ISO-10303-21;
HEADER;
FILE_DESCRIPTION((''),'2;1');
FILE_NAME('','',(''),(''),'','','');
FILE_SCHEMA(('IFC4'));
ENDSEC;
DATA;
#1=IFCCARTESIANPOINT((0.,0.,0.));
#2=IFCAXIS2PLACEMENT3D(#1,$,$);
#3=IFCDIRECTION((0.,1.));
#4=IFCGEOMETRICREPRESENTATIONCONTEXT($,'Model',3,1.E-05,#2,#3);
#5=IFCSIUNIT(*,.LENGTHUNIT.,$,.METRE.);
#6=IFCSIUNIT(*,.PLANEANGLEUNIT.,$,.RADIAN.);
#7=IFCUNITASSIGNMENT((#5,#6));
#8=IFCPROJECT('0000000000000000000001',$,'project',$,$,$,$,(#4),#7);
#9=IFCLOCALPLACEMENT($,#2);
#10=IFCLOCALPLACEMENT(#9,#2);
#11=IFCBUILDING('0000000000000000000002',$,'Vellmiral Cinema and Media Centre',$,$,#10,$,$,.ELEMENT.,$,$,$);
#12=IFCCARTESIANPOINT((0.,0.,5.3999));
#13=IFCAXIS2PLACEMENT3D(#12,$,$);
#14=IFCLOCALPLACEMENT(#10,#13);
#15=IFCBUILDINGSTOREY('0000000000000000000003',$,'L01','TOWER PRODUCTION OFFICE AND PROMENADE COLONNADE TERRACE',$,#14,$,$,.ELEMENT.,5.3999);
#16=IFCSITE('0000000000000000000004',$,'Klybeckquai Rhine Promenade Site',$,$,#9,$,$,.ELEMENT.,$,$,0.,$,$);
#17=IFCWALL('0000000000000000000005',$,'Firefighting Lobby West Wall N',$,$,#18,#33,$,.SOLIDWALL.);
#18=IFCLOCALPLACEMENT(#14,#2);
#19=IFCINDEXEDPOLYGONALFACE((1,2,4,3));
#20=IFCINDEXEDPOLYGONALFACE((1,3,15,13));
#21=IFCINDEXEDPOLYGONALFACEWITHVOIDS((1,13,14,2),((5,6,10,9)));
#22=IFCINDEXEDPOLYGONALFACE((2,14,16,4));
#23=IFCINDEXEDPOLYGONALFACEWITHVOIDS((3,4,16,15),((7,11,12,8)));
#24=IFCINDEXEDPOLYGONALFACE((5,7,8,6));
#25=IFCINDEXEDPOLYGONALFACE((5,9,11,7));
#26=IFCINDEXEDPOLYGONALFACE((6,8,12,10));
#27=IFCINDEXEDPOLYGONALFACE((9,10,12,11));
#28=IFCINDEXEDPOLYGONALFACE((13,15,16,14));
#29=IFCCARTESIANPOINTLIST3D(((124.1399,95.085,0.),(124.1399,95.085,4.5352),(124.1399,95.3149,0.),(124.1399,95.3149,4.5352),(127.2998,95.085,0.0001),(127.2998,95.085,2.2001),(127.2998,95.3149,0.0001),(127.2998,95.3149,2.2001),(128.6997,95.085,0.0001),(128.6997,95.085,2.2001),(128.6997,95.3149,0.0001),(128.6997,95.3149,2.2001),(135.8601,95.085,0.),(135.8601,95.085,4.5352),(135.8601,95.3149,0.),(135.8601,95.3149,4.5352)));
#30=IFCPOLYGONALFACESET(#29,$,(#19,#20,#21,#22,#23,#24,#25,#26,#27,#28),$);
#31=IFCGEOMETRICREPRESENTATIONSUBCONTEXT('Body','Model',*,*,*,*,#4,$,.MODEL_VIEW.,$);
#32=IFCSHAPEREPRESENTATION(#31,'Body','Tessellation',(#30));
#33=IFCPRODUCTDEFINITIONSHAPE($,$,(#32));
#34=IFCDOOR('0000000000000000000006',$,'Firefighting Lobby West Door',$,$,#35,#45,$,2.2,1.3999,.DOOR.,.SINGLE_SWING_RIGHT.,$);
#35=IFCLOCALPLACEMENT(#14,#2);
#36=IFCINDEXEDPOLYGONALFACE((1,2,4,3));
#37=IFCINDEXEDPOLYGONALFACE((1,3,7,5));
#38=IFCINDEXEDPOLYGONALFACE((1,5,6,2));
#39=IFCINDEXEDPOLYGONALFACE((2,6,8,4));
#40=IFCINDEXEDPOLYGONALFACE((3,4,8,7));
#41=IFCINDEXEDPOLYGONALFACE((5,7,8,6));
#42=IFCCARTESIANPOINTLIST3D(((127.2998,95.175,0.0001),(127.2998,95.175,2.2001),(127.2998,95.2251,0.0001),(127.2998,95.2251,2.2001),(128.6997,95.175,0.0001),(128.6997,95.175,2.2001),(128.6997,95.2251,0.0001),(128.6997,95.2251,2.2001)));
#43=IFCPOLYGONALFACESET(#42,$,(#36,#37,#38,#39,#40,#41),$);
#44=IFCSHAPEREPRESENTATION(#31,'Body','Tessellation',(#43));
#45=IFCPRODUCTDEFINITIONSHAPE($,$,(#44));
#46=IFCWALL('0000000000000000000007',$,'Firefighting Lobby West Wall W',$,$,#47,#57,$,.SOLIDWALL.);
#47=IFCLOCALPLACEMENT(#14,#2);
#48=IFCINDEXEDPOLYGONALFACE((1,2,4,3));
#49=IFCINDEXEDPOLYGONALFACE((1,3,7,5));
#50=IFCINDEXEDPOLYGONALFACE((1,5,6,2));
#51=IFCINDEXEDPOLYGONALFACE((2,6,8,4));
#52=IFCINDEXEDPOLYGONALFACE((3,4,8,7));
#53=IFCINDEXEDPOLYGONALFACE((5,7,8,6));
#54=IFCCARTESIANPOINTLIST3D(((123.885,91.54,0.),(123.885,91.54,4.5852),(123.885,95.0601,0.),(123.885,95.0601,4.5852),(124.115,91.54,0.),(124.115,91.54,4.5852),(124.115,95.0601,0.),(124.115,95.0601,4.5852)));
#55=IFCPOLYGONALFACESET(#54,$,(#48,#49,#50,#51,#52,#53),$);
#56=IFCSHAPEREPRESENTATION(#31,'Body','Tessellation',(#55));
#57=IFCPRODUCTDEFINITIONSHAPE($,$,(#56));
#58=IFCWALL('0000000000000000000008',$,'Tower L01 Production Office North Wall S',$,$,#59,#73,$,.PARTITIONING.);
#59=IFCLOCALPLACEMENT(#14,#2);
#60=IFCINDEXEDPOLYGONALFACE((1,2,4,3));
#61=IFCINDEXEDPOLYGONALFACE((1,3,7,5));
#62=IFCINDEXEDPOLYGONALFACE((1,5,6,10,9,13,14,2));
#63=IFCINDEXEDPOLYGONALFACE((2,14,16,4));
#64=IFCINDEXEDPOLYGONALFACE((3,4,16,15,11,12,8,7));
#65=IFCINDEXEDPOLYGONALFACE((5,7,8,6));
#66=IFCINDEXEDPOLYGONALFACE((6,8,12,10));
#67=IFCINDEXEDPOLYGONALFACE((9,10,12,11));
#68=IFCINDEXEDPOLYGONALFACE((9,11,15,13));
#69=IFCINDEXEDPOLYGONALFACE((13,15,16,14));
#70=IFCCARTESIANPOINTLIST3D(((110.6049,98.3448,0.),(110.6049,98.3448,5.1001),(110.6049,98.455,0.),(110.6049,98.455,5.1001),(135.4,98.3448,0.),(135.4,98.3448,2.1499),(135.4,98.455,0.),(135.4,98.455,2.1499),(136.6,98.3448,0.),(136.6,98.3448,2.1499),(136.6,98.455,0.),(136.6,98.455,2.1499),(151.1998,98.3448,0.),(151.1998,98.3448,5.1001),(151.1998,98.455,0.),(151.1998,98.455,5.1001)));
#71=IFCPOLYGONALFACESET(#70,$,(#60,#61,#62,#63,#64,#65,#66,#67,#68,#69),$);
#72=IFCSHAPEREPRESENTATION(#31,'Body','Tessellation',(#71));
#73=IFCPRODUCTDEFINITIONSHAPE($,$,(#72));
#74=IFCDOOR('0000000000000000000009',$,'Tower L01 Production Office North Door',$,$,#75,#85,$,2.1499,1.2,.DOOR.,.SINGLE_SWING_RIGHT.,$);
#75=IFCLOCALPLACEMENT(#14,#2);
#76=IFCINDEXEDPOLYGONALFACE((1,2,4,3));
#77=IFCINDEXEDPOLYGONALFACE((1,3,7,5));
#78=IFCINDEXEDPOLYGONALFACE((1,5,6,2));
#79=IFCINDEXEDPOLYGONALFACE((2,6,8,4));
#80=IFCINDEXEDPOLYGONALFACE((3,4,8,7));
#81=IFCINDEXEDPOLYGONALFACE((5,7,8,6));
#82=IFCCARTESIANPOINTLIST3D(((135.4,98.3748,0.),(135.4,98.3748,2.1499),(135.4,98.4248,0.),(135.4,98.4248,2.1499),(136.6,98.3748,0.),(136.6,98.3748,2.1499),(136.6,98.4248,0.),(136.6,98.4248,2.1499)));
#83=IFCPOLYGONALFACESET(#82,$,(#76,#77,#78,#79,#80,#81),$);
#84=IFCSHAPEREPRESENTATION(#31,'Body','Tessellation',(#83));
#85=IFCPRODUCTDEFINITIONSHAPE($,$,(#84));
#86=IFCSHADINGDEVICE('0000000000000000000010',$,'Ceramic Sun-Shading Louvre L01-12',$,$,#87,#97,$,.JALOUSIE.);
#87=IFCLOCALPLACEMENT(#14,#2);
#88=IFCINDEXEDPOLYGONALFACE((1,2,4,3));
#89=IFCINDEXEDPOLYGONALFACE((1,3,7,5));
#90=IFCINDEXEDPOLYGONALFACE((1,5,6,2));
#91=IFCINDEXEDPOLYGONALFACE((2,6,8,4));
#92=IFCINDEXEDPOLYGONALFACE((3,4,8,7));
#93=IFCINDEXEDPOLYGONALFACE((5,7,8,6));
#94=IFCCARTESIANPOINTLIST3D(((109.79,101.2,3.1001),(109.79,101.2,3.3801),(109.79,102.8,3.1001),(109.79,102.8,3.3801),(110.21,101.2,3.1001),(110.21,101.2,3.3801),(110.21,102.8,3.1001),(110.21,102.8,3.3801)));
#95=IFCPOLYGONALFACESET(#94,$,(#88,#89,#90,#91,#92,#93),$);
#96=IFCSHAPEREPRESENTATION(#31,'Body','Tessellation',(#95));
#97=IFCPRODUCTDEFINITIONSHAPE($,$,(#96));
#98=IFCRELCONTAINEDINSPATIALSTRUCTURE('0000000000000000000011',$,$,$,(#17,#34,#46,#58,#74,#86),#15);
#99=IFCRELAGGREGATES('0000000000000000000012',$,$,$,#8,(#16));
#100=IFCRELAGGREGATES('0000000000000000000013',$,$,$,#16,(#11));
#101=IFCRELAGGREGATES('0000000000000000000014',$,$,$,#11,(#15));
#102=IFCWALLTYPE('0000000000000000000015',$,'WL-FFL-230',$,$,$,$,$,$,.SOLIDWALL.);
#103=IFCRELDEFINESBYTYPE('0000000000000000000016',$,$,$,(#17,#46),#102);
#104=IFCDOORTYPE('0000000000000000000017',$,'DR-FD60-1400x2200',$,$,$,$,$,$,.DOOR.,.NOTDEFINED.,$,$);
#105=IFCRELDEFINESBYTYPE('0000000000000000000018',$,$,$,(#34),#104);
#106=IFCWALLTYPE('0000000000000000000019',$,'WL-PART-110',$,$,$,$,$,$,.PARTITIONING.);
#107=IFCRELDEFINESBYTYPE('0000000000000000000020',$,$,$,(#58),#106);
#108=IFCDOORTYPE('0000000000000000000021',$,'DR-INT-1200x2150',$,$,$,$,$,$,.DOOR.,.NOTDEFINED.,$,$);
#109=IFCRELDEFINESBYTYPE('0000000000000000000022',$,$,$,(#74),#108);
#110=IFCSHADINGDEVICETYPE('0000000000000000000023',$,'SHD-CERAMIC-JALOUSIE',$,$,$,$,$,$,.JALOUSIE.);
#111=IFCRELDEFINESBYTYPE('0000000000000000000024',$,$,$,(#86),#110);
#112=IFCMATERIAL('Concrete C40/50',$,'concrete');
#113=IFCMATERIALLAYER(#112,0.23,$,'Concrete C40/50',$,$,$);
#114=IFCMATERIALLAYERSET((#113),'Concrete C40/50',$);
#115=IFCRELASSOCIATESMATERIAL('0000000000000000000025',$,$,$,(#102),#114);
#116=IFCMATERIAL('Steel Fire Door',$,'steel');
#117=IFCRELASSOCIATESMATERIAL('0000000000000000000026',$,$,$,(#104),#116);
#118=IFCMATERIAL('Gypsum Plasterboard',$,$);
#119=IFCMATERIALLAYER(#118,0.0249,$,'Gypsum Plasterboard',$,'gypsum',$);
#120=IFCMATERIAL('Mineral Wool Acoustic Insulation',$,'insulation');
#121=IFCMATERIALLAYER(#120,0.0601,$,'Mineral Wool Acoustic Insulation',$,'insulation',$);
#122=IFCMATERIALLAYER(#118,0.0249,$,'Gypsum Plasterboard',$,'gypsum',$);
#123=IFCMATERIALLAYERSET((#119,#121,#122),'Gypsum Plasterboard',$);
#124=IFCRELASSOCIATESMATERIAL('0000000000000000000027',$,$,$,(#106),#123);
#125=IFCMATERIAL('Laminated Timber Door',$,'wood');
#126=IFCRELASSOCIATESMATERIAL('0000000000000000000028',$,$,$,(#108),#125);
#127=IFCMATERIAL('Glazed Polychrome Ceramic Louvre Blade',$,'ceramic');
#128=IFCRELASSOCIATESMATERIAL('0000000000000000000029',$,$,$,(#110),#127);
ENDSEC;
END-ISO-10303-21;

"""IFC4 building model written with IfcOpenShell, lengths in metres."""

from ifc_helpers import new_model, si_unit, direction, frame, frame_2d, origin, origin_2d, place, context, subcontext, project, spatial, rectangle, extrude, material, layer, layer_set, type_object, element, fill, save


model = new_model("IFC4")

# Units and contexts
model_context = context("Model", 3, precision=1e-05, world=origin(), true_north=direction((0.0, 1.0)))
body_context = subcontext(model_context, "Body", "Model", "MODEL_VIEW")
ifc_project = project(units=[si_unit("LENGTHUNIT", "METRE"), si_unit("PLANEANGLEUNIT", "RADIAN")], contexts=[model_context])

# Site, building, storey
site_placement = place(None, origin())
site = spatial("IfcSite", under=ifc_project, at=site_placement, Name="Klybeckquai Rhine Promenade Site", CompositionType="ELEMENT", RefElevation=0.0)
building_placement = place(site_placement, origin())
building = spatial("IfcBuilding", under=site, at=building_placement, Name="Vellmiral Cinema and Media Centre", CompositionType="ELEMENT")
storey_placement = place(building_placement, frame((0.0, 0.0, 5.3999)))
storey = spatial("IfcBuildingStorey", under=building, at=storey_placement, Name="L01", Description="TOWER PRODUCTION OFFICE AND PROMENADE COLONNADE TERRACE", CompositionType="ELEMENT", Elevation=5.3999)

# Wall, opening, door
ifc_material_1 = material(Name="Concrete C40/50", Category="concrete")
ifc_layer_1 = layer(ifc_material_1, 0.23, Name="Concrete C40/50")
ifc_layer_set_1 = layer_set([ifc_layer_1], Name="Concrete C40/50")
wall_type_1 = type_object("IfcWallType", Name="WL-FFL-230", PredefinedType="SOLIDWALL", material=ifc_layer_set_1)
wall_1_placement = place(storey_placement, frame((124.1399, 95.2, 0.0), z_axis=(0.0, 0.0, 1.0), x_axis=(1.0, 0.0, 0.0)))
wall_1 = element("IfcWall", 1, at=wall_1_placement, inside=storey, type_object=wall_type_1, Name="Firefighting Lobby West Wall N", PredefinedType="SOLIDWALL", context=body_context, shape_type="SweptSolid", body=[
    extrude(rectangle(XDim=11.7202, YDim=0.23, at=frame_2d((5.8601, 0.0))), origin(), (0.0, 0.0, 1.0), 4.5352),
])
opening_1_placement = place(wall_1_placement, frame((3.1599, 0.0, 0.0)))
opening_1 = element("IfcOpeningElement", 2, at=opening_1_placement, cuts=wall_1, PredefinedType="OPENING", context=body_context, shape_type="SweptSolid", body=[
    extrude(rectangle(XDim=1.3999, YDim=2.2, at=frame_2d((0.7, 1.1001))), frame((0.0, 0.127, 0.0), z_axis=(0.0, -1.0, 0.0), x_axis=(1.0, 0.0, 0.0)), (0.0, 0.0, 1.0), 0.2539),
])
ifc_material_2 = material(Name="Steel Fire Door", Category="steel")
door_type_1 = type_object("IfcDoorType", Name="DR-FD60-1400x2200", OperationType="NOTDEFINED", PredefinedType="DOOR", material=ifc_material_2)
door_1_placement = place(opening_1_placement, frame((1.3999, 0.0, 0.0), z_axis=(0.0, 0.0, 1.0), x_axis=(-1.0, 0.0, 0.0)))
door_1 = element("IfcDoor", 3, at=door_1_placement, inside=storey, type_object=door_type_1, Name="Firefighting Lobby West Door", OperationType="SINGLE_SWING_RIGHT", OverallHeight=2.2, OverallWidth=1.3999, PredefinedType="DOOR", context=body_context, shape_type="SweptSolid", body=[
    extrude(rectangle(XDim=1.3999, YDim=2.2, at=frame_2d((0.7, 1.1001))), frame((0.0, 0.0249, 0.0), z_axis=(0.0, -1.0, 0.0), x_axis=(1.0, 0.0, 0.0)), (0.0, 0.0, 1.0), 0.05),
])
fill(opening_1, door_1)

# Wall
wall_2_placement = place(storey_placement, frame((124.0, 91.54, 0.0), z_axis=(0.0, 0.0, 1.0), x_axis=(0.0, 1.0, 0.0)))
element("IfcWall", 4, at=wall_2_placement, inside=storey, type_object=wall_type_1, Name="Firefighting Lobby West Wall W", PredefinedType="SOLIDWALL", context=body_context, shape_type="SweptSolid", body=[
    extrude(rectangle(XDim=3.52, YDim=0.23, at=frame_2d((1.76, 0.0))), origin(), (0.0, 0.0, 1.0), 4.5852),
])

# Wall, opening, door
ifc_material_3 = material(Name="Gypsum Plasterboard")
ifc_layer_2 = layer(ifc_material_3, 0.0249, Name="Gypsum Plasterboard", Category="gypsum")
ifc_material_4 = material(Name="Mineral Wool Acoustic Insulation", Category="insulation")
ifc_layer_3 = layer(ifc_material_4, 0.0601, Name="Mineral Wool Acoustic Insulation", Category="insulation")
ifc_layer_4 = layer(ifc_material_3, 0.0249, Name="Gypsum Plasterboard", Category="gypsum")
ifc_layer_set_2 = layer_set([ifc_layer_2, ifc_layer_3, ifc_layer_4], Name="Gypsum Plasterboard")
wall_type_2 = type_object("IfcWallType", Name="WL-PART-110", PredefinedType="PARTITIONING", material=ifc_layer_set_2)
wall_3_placement = place(storey_placement, frame((110.605, 98.3999, 0.0), z_axis=(0.0, 0.0, 1.0), x_axis=(1.0, 0.0, 0.0)))
wall_3 = element("IfcWall", 5, at=wall_3_placement, inside=storey, type_object=wall_type_2, Name="Tower L01 Production Office North Wall S", PredefinedType="PARTITIONING", context=body_context, shape_type="SweptSolid", body=[
    extrude(rectangle(XDim=40.595, YDim=0.1101, at=frame_2d((20.2974, 0.0))), origin(), (0.0, 0.0, 1.0), 5.1001),
])
opening_2_placement = place(wall_3_placement, frame((24.7949, 0.0, 0.0)))
opening_2 = element("IfcOpeningElement", 6, at=opening_2_placement, cuts=wall_3, PredefinedType="OPENING", context=body_context, shape_type="SweptSolid", body=[
    extrude(rectangle(XDim=1.2, YDim=2.1499, at=frame_2d((0.6001, 1.075))), frame((0.0, 0.0669, 0.0), z_axis=(0.0, -1.0, 0.0), x_axis=(1.0, 0.0, 0.0)), (0.0, 0.0, 1.0), 0.134),
])
ifc_material_5 = material(Name="Laminated Timber Door", Category="wood")
door_type_2 = type_object("IfcDoorType", Name="DR-INT-1200x2150", OperationType="NOTDEFINED", PredefinedType="DOOR", material=ifc_material_5)
door_2_placement = place(opening_2_placement, origin())
door_2 = element("IfcDoor", 7, at=door_2_placement, inside=storey, type_object=door_type_2, Name="Tower L01 Production Office North Door", OperationType="SINGLE_SWING_RIGHT", OverallHeight=2.1499, OverallWidth=1.2, PredefinedType="DOOR", context=body_context, shape_type="SweptSolid", body=[
    extrude(rectangle(XDim=1.2, YDim=2.1499, at=frame_2d((0.6001, 1.075))), frame((0.0, 0.0249, 0.0), z_axis=(0.0, -1.0, 0.0), x_axis=(1.0, 0.0, 0.0)), (0.0, 0.0, 1.0), 0.05),
])
fill(opening_2, door_2)

# Shading device
ifc_material_6 = material(Name="Glazed Polychrome Ceramic Louvre Blade", Category="ceramic")
shading_device_type = type_object("IfcShadingDeviceType", Name="SHD-CERAMIC-JALOUSIE", PredefinedType="JALOUSIE", material=ifc_material_6)
shading_device_placement = place(storey_placement, frame((110.0, 102.0, 3.1001), z_axis=(0.0, 0.0, 1.0), x_axis=(0.0, -1.0, 0.0)))
element("IfcShadingDevice", 8, at=shading_device_placement, inside=storey, type_object=shading_device_type, Name="Ceramic Sun-Shading Louvre L01-12", PredefinedType="JALOUSIE", context=body_context, shape_type="SweptSolid", body=[
    extrude(rectangle(XDim=1.6001, YDim=0.4199, at=origin_2d()), origin(), (0.0, 0.0, 1.0), 0.28),
])

save(model, "model.ifc")
